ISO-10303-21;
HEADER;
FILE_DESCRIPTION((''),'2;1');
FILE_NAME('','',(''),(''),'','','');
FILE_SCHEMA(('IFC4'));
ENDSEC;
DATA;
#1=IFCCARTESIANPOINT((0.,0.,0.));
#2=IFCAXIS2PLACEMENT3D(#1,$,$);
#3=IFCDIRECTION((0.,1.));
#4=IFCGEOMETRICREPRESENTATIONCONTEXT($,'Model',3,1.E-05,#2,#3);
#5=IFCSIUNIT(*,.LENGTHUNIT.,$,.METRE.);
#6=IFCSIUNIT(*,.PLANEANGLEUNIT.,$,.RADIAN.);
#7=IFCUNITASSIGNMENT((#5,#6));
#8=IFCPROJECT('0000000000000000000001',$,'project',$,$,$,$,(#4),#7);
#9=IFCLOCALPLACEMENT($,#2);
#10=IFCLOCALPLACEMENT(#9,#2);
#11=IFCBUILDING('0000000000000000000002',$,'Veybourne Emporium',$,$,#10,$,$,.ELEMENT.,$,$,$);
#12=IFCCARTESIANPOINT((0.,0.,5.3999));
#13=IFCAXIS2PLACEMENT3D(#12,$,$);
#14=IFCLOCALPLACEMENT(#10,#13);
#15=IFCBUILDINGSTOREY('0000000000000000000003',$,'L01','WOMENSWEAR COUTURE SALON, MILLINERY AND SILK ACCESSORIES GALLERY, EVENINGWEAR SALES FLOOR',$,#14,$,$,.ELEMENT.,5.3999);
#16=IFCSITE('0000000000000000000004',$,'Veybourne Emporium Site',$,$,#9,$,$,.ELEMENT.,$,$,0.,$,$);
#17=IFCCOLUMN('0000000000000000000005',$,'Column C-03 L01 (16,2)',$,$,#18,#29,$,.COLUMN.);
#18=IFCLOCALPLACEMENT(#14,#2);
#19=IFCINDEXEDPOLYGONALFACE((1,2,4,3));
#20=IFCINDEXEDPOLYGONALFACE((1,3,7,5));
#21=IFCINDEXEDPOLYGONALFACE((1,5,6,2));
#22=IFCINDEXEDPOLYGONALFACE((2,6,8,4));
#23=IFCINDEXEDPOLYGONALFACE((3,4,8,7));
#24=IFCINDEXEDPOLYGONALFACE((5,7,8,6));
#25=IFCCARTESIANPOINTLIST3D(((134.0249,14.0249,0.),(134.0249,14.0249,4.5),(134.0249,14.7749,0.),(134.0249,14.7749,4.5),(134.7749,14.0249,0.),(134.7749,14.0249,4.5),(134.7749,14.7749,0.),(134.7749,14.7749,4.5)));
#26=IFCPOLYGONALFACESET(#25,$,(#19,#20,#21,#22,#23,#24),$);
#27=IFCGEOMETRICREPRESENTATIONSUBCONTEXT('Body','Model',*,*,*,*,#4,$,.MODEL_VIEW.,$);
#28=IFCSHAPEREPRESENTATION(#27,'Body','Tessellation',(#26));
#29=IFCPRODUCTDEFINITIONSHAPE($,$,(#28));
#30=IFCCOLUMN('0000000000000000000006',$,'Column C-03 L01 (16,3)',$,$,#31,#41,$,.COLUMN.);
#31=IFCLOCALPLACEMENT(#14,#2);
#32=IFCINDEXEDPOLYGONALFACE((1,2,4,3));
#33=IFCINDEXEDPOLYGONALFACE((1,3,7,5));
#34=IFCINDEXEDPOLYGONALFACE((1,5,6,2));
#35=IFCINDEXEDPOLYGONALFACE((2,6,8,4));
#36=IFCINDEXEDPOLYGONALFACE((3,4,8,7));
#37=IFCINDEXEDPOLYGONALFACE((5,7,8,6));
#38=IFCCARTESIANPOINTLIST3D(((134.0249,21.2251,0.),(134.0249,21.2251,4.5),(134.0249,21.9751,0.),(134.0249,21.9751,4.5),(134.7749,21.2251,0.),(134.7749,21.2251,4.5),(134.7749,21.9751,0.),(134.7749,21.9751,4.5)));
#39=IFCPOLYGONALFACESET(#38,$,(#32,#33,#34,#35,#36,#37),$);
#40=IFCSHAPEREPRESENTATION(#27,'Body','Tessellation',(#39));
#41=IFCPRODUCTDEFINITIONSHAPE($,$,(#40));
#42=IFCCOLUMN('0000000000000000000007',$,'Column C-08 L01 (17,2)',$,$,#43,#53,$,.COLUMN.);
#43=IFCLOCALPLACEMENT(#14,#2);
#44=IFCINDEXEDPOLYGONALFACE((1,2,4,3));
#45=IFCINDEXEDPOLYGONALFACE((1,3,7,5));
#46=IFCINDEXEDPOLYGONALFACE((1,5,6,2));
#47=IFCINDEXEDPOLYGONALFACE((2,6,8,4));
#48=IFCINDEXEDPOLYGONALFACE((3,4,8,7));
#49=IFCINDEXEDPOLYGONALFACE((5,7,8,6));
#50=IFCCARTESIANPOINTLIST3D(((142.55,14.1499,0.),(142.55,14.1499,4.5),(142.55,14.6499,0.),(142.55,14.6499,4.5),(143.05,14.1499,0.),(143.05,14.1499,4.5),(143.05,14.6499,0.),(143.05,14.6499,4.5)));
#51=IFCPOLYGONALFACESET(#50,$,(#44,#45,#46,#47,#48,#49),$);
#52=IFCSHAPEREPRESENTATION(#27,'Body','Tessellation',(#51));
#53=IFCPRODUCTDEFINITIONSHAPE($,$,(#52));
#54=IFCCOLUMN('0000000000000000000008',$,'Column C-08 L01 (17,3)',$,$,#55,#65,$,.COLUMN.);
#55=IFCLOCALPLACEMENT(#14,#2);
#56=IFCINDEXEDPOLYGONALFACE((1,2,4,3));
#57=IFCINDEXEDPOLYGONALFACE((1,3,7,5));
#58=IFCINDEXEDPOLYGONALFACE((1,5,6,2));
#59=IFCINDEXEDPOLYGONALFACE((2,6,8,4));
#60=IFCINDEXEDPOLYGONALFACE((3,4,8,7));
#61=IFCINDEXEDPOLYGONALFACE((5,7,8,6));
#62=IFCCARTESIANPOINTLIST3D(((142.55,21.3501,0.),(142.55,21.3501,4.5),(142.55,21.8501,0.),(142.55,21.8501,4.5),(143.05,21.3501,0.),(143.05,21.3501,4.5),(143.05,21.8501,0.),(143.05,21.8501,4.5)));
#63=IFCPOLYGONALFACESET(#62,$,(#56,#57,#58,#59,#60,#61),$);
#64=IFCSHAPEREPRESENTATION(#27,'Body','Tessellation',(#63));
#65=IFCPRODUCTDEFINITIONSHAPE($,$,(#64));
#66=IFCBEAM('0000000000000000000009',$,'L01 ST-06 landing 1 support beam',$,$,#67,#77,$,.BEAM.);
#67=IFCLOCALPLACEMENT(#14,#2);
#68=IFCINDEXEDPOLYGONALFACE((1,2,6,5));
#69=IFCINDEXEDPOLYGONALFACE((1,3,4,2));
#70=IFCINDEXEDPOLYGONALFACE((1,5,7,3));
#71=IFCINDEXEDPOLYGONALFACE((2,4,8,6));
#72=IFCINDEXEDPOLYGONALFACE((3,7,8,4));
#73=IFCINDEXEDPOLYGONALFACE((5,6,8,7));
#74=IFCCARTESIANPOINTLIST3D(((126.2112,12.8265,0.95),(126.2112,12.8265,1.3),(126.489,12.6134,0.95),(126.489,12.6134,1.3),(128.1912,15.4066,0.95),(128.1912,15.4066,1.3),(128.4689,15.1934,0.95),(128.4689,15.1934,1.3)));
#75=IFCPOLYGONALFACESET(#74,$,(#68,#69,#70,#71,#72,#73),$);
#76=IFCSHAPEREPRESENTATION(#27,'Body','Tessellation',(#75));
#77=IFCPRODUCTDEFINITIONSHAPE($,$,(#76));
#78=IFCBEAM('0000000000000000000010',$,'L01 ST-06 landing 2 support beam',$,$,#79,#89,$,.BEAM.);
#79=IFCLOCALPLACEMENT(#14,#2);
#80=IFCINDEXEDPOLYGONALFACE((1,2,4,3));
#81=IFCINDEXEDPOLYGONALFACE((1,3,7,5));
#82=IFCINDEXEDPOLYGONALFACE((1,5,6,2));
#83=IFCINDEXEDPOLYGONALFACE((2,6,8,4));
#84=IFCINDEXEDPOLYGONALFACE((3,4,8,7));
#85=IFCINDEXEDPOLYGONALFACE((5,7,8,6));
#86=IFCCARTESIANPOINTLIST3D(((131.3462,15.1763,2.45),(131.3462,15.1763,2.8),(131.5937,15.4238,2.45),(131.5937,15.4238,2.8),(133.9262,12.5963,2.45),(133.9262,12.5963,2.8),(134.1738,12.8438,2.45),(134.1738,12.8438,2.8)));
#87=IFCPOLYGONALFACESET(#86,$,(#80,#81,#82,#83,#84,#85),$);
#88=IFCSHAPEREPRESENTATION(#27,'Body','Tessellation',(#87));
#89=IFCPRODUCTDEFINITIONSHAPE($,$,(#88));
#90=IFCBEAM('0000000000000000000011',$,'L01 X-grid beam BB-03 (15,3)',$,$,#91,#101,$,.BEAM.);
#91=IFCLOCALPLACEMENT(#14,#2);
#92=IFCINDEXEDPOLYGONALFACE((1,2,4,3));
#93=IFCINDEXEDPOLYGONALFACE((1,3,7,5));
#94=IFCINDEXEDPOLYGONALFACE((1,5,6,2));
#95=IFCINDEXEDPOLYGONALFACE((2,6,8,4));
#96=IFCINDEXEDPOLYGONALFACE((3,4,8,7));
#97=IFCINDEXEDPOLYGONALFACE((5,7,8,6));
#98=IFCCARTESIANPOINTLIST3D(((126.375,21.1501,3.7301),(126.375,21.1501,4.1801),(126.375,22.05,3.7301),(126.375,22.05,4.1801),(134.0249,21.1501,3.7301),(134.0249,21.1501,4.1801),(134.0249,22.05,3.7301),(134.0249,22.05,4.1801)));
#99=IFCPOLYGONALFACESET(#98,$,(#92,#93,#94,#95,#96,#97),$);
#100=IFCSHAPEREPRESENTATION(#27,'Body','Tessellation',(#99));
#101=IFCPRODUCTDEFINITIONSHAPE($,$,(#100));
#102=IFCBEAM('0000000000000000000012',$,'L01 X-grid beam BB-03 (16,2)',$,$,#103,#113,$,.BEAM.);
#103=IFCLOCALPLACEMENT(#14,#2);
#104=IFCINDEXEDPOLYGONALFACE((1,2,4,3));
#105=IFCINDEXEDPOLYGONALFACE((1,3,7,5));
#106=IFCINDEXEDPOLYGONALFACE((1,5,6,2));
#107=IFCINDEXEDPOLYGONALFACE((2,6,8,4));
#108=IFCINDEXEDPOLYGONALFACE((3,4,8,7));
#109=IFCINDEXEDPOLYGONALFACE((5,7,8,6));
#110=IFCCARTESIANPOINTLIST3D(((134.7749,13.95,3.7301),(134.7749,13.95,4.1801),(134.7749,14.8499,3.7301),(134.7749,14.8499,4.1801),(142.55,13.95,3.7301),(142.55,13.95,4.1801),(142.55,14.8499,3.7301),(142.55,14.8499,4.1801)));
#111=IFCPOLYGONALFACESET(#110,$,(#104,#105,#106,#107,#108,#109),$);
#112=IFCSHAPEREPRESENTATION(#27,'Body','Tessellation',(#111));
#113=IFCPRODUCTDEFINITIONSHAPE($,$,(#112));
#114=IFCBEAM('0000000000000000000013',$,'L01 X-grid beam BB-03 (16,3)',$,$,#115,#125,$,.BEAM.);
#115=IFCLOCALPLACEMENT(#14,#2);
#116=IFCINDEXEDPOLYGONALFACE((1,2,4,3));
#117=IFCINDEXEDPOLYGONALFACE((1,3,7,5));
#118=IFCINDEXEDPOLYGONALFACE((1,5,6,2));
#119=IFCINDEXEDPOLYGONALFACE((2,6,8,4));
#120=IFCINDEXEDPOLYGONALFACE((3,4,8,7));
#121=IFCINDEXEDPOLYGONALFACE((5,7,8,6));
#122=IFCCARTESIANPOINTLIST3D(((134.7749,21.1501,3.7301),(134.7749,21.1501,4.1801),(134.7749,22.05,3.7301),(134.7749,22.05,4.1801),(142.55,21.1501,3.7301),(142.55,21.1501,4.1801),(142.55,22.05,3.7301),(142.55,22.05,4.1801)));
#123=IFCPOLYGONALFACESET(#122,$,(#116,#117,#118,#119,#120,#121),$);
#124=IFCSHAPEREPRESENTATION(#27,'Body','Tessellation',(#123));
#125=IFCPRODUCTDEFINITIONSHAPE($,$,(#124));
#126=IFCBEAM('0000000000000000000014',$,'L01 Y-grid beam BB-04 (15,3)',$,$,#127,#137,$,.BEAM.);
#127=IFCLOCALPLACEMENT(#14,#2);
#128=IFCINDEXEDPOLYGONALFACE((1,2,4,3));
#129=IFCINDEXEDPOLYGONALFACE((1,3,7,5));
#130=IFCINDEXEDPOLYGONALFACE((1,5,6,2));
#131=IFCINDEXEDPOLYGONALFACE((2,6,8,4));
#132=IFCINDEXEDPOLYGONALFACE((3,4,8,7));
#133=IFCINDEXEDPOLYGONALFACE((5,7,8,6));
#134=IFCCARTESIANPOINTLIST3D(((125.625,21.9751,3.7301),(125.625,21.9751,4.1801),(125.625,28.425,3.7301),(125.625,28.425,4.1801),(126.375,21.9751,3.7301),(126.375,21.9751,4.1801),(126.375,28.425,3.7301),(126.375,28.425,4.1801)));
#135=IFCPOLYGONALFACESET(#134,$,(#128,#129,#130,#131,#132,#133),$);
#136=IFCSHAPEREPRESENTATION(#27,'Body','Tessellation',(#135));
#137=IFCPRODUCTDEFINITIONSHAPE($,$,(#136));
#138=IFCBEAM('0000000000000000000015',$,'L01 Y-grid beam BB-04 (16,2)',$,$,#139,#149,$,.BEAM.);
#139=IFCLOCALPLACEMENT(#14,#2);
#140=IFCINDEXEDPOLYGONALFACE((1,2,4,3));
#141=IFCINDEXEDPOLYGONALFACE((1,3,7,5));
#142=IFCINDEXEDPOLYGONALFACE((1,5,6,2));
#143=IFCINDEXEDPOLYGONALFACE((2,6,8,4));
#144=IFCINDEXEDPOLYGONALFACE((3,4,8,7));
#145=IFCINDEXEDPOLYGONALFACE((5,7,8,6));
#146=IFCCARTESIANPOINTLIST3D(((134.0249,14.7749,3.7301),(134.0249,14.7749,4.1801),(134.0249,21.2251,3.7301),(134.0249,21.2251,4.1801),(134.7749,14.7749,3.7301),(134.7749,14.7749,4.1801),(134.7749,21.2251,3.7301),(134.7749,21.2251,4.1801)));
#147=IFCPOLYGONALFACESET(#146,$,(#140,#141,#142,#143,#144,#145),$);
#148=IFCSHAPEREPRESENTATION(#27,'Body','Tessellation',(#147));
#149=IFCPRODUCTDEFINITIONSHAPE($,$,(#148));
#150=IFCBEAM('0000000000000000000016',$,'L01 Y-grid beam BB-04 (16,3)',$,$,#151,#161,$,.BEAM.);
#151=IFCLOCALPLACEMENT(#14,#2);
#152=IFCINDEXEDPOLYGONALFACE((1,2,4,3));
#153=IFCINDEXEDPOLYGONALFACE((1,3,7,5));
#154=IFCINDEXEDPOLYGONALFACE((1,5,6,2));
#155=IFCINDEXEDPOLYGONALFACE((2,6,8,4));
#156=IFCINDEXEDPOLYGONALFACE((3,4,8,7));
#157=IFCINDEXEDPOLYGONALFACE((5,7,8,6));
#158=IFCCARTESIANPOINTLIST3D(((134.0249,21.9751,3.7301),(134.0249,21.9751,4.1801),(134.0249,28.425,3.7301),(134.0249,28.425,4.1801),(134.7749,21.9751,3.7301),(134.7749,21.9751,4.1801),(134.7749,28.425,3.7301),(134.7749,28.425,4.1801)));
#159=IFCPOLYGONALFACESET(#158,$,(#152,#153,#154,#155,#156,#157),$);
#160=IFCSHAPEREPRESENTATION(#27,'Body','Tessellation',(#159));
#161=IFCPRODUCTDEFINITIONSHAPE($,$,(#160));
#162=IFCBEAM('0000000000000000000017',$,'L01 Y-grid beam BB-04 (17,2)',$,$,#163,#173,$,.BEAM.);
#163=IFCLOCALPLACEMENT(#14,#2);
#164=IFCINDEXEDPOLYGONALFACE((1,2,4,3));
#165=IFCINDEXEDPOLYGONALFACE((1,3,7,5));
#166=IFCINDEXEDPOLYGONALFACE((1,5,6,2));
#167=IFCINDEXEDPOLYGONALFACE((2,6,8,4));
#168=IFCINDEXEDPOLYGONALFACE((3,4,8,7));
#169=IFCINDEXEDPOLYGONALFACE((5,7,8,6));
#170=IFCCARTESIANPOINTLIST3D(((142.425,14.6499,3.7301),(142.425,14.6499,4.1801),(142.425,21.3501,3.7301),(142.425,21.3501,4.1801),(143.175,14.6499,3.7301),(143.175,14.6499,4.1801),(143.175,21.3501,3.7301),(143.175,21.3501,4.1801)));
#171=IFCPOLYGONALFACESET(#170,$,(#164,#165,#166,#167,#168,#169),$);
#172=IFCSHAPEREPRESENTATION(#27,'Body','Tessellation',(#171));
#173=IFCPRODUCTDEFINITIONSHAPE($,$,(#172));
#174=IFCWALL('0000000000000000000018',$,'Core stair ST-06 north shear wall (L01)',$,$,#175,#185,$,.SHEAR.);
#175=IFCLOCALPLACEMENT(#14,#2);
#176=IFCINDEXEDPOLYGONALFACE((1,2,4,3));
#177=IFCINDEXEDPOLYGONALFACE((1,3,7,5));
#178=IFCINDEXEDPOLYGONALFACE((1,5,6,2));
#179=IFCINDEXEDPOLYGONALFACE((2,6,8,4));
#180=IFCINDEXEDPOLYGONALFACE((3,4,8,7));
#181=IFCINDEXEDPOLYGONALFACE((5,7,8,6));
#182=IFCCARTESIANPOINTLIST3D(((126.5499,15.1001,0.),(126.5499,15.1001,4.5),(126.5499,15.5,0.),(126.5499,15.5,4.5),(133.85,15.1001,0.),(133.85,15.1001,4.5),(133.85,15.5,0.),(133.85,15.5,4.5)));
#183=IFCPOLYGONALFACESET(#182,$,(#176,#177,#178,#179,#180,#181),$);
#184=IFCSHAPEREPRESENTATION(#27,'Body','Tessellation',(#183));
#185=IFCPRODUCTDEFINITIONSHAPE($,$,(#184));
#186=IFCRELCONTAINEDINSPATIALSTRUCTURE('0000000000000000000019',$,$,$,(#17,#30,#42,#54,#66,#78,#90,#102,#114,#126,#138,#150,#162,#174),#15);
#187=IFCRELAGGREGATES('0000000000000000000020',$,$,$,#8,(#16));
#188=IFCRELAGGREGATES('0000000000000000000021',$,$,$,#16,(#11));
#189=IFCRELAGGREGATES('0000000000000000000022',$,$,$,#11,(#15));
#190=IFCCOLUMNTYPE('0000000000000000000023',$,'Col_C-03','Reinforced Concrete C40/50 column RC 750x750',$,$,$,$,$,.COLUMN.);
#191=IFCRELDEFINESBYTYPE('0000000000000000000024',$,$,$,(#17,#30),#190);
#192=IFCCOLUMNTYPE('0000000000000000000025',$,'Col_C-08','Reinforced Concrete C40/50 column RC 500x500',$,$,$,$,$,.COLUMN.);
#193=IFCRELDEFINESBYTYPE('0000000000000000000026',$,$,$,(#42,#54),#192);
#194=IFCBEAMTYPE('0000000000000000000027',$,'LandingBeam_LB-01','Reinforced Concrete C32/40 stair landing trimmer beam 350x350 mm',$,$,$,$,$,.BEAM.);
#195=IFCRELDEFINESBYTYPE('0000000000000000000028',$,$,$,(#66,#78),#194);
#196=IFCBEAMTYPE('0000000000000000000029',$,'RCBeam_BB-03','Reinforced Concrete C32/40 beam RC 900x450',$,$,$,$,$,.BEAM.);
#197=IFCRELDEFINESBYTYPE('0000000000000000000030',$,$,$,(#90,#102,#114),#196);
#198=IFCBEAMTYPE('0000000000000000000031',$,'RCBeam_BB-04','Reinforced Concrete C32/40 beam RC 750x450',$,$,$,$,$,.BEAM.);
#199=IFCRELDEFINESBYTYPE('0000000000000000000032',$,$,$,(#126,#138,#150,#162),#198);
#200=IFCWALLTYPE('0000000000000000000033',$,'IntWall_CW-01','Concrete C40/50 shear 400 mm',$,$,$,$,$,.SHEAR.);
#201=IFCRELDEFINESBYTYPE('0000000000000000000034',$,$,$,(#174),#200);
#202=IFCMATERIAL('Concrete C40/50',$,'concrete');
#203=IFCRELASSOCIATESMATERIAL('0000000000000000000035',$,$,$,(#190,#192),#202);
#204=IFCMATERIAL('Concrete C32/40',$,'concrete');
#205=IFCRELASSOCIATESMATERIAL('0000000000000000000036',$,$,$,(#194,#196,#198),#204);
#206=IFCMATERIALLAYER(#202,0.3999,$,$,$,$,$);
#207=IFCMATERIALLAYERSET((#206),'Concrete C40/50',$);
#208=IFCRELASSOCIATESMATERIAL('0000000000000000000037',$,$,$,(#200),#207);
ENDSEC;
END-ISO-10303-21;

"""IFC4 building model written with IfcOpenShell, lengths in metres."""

from ifc_helpers import new_model, si_unit, direction, frame, frame_2d, origin, origin_2d, place, context, subcontext, project, spatial, rectangle, extrude, material, layer, layer_set, material_profile, profile_set, type_object, element, save


model = new_model("IFC4")

# Units and contexts
model_context = context("Model", 3, precision=1e-05, world=origin(), true_north=direction((0.0, 1.0)))
body_context = subcontext(model_context, "Body", "Model", "MODEL_VIEW")
ifc_project = project(units=[si_unit("LENGTHUNIT", "METRE"), si_unit("PLANEANGLEUNIT", "RADIAN")], contexts=[model_context])

# Site, building, storey
site_placement = place(None, origin())
site = spatial("IfcSite", under=ifc_project, at=site_placement, Name="Veybourne Emporium Site", CompositionType="ELEMENT", RefElevation=0.0)
building_placement = place(site_placement, origin())
building = spatial("IfcBuilding", under=site, at=building_placement, Name="Veybourne Emporium", CompositionType="ELEMENT")
storey_placement = place(building_placement, frame((0.0, 0.0, 5.3999)))
storey = spatial("IfcBuildingStorey", under=building, at=storey_placement, Name="L01", Description="WOMENSWEAR COUTURE SALON, MILLINERY AND SILK ACCESSORIES GALLERY, EVENINGWEAR SALES FLOOR", CompositionType="ELEMENT", Elevation=5.3999)

# Columns
ifc_material_1 = material(Name="Concrete C40/50", Category="concrete")
ifc_material_profile_1 = material_profile(ifc_material_1, rectangle(XDim=0.75, YDim=0.75, at=origin_2d()), Name="RC 750x750")
ifc_profile_set_1 = profile_set([ifc_material_profile_1], Name="Concrete C40/50")
column_type_1 = type_object("IfcColumnType", Name="Col_C-03", Description="Reinforced Concrete C40/50 column RC 750x750", PredefinedType="COLUMN", material=ifc_profile_set_1)
for number, where, z_axis, x_axis, name in (
    (1, (134.3999, 14.3999, 0.0), (0.0, 0.0, 1.0), (1.0, 0.0, 0.0), "Column C-03 L01 (16,2)"),
    (2, (134.3999, 21.6001, 0.0), (0.0, 0.0, 1.0), (1.0, 0.0, 0.0), "Column C-03 L01 (16,3)"),
):
    element("IfcColumn", number, at=place(storey_placement, frame(where, z_axis=z_axis, x_axis=x_axis)), inside=storey, type_object=column_type_1, Name=name, PredefinedType="COLUMN", context=body_context, shape_type="SweptSolid", body=[
        extrude(rectangle(XDim=0.75, YDim=0.75, at=origin_2d()), origin(), (0.0, 0.0, 1.0), 4.5),
    ])
ifc_material_profile_2 = material_profile(ifc_material_1, rectangle(XDim=0.5, YDim=0.5, at=origin_2d()), Name="RC 500x500")
ifc_profile_set_2 = profile_set([ifc_material_profile_2], Name="Concrete C40/50")
column_type_2 = type_object("IfcColumnType", Name="Col_C-08", Description="Reinforced Concrete C40/50 column RC 500x500", PredefinedType="COLUMN", material=ifc_profile_set_2)
for number, where, z_axis, x_axis, name in (
    (3, (142.8, 14.3999, 0.0), (0.0, 0.0, 1.0), (1.0, 0.0, 0.0), "Column C-08 L01 (17,2)"),
    (4, (142.8, 21.6001, 0.0), (0.0, 0.0, 1.0), (1.0, 0.0, 0.0), "Column C-08 L01 (17,3)"),
):
    element("IfcColumn", number, at=place(storey_placement, frame(where, z_axis=z_axis, x_axis=x_axis)), inside=storey, type_object=column_type_2, Name=name, PredefinedType="COLUMN", context=body_context, shape_type="SweptSolid", body=[
        extrude(rectangle(XDim=0.5, YDim=0.5, at=origin_2d()), origin(), (0.0, 0.0, 1.0), 4.5),
    ])

# Beams
ifc_material_2 = material(Name="Concrete C32/40", Category="concrete")
ifc_material_profile_3 = material_profile(ifc_material_2, rectangle(XDim=0.3501, YDim=0.3501, at=origin_2d()), Name="RC 350x350")
ifc_profile_set_3 = profile_set([ifc_material_profile_3], Name="Concrete C32/40")
beam_type_1 = type_object("IfcBeamType", Name="LandingBeam_LB-01", Description="Reinforced Concrete C32/40 stair landing trimmer beam 350x350 mm", PredefinedType="BEAM", material=ifc_profile_set_3)
beam_1_placement = place(storey_placement, frame((126.3501, 12.72, 1.125), z_axis=(0.608803, 0.793321, 0.0), x_axis=(-0.793321, 0.608803, 0.0)))
element("IfcBeam", 5, at=beam_1_placement, inside=storey, type_object=beam_type_1, Name="L01 ST-06 landing 1 support beam", PredefinedType="BEAM", context=body_context, shape_type="SweptSolid", body=[
    extrude(rectangle(XDim=0.3501, YDim=0.3501, at=origin_2d()), origin(), (0.0, 0.0, 1.0), 3.2522),
])
beam_2_placement = place(storey_placement, frame((131.47, 15.3, 2.625), z_axis=(0.707107, -0.707107, 0.0), x_axis=(0.707107, 0.707107, 0.0)))
element("IfcBeam", 6, at=beam_2_placement, inside=storey, type_object=beam_type_1, Name="L01 ST-06 landing 2 support beam", PredefinedType="BEAM", context=body_context, shape_type="SweptSolid", body=[
    extrude(rectangle(XDim=0.3501, YDim=0.3501, at=origin_2d()), origin(), (0.0, 0.0, 1.0), 3.6487),
])
ifc_material_profile_4 = material_profile(ifc_material_2, rectangle(XDim=0.8999, YDim=0.45, at=origin_2d()), Name="RC 900x450")
ifc_profile_set_4 = profile_set([ifc_material_profile_4], Name="Concrete C32/40")
beam_type_2 = type_object("IfcBeamType", Name="RCBeam_BB-03", Description="Reinforced Concrete C32/40 beam RC 900x450", PredefinedType="BEAM", material=ifc_profile_set_4)
beam_3_placement = place(storey_placement, frame((126.375, 21.6001, 3.9551), z_axis=(1.0, 0.0, 0.0), x_axis=(0.0, 1.0, 0.0)))
element("IfcBeam", 7, at=beam_3_placement, inside=storey, type_object=beam_type_2, Name="L01 X-grid beam BB-03 (15,3)", PredefinedType="BEAM", context=body_context, shape_type="SweptSolid", body=[
    extrude(rectangle(XDim=0.8999, YDim=0.45, at=origin_2d()), origin(), (0.0, 0.0, 1.0), 7.6499),
])
for number, where, z_axis, x_axis, name in (
    (8, (134.7749, 14.3999, 3.9551), (1.0, 0.0, 0.0), (0.0, 1.0, 0.0), "L01 X-grid beam BB-03 (16,2)"),
    (9, (134.7749, 21.6001, 3.9551), (1.0, 0.0, 0.0), (0.0, 1.0, 0.0), "L01 X-grid beam BB-03 (16,3)"),
):
    element("IfcBeam", number, at=place(storey_placement, frame(where, z_axis=z_axis, x_axis=x_axis)), inside=storey, type_object=beam_type_2, Name=name, PredefinedType="BEAM", context=body_context, shape_type="SweptSolid", body=[
        extrude(rectangle(XDim=0.8999, YDim=0.45, at=origin_2d()), origin(), (0.0, 0.0, 1.0), 7.7751),
    ])
ifc_material_profile_5 = material_profile(ifc_material_2, rectangle(XDim=0.75, YDim=0.45, at=origin_2d()), Name="RC 750x450")
ifc_profile_set_5 = profile_set([ifc_material_profile_5], Name="Concrete C32/40")
beam_type_3 = type_object("IfcBeamType", Name="RCBeam_BB-04", Description="Reinforced Concrete C32/40 beam RC 750x450", PredefinedType="BEAM", material=ifc_profile_set_5)
beam_4_placement = place(storey_placement, frame((126.0, 21.9751, 3.9551), z_axis=(0.0, 1.0, 0.0), x_axis=(-1.0, 0.0, 0.0)))
element("IfcBeam", 10, at=beam_4_placement, inside=storey, type_object=beam_type_3, Name="L01 Y-grid beam BB-04 (15,3)", PredefinedType="BEAM", context=body_context, shape_type="SweptSolid", body=[
    extrude(rectangle(XDim=0.75, YDim=0.45, at=origin_2d()), origin(), (0.0, 0.0, 1.0), 6.45),
])
beam_5_placement = place(storey_placement, frame((134.3999, 14.7749, 3.9551), z_axis=(0.0, 1.0, 0.0), x_axis=(-1.0, 0.0, 0.0)))
element("IfcBeam", 11, at=beam_5_placement, inside=storey, type_object=beam_type_3, Name="L01 Y-grid beam BB-04 (16,2)", PredefinedType="BEAM", context=body_context, shape_type="SweptSolid", body=[
    extrude(rectangle(XDim=0.75, YDim=0.45, at=origin_2d()), origin(), (0.0, 0.0, 1.0), 6.4502),
])
beam_6_placement = place(storey_placement, frame((134.3999, 21.9751, 3.9551), z_axis=(0.0, 1.0, 0.0), x_axis=(-1.0, 0.0, 0.0)))
element("IfcBeam", 12, at=beam_6_placement, inside=storey, type_object=beam_type_3, Name="L01 Y-grid beam BB-04 (16,3)", PredefinedType="BEAM", context=body_context, shape_type="SweptSolid", body=[
    extrude(rectangle(XDim=0.75, YDim=0.45, at=origin_2d()), origin(), (0.0, 0.0, 1.0), 6.45),
])
beam_7_placement = place(storey_placement, frame((142.8, 14.6499, 3.9551), z_axis=(0.0, 1.0, 0.0), x_axis=(-1.0, 0.0, 0.0)))
element("IfcBeam", 13, at=beam_7_placement, inside=storey, type_object=beam_type_3, Name="L01 Y-grid beam BB-04 (17,2)", PredefinedType="BEAM", context=body_context, shape_type="SweptSolid", body=[
    extrude(rectangle(XDim=0.75, YDim=0.45, at=origin_2d()), origin(), (0.0, 0.0, 1.0), 6.7002),
])

# Wall
ifc_layer_1 = layer(ifc_material_1, 0.3999)
ifc_layer_set_1 = layer_set([ifc_layer_1], Name="Concrete C40/50")
wall_type_1 = type_object("IfcWallType", Name="IntWall_CW-01", Description="Concrete C40/50 shear 400 mm", PredefinedType="SHEAR", material=ifc_layer_set_1)
wall_1_placement = place(storey_placement, frame((126.55, 15.3, 0.0), z_axis=(0.0, 0.0, 1.0), x_axis=(1.0, 0.0, 0.0)))
element("IfcWall", 14, at=wall_1_placement, inside=storey, type_object=wall_type_1, Name="Core stair ST-06 north shear wall (L01)", PredefinedType="SHEAR", context=body_context, shape_type="SweptSolid", body=[
    extrude(rectangle(XDim=7.3, YDim=0.3999, at=frame_2d((3.6499, 0.0))), origin(), (0.0, 0.0, 1.0), 4.5),
])

save(model, "model.ifc")
